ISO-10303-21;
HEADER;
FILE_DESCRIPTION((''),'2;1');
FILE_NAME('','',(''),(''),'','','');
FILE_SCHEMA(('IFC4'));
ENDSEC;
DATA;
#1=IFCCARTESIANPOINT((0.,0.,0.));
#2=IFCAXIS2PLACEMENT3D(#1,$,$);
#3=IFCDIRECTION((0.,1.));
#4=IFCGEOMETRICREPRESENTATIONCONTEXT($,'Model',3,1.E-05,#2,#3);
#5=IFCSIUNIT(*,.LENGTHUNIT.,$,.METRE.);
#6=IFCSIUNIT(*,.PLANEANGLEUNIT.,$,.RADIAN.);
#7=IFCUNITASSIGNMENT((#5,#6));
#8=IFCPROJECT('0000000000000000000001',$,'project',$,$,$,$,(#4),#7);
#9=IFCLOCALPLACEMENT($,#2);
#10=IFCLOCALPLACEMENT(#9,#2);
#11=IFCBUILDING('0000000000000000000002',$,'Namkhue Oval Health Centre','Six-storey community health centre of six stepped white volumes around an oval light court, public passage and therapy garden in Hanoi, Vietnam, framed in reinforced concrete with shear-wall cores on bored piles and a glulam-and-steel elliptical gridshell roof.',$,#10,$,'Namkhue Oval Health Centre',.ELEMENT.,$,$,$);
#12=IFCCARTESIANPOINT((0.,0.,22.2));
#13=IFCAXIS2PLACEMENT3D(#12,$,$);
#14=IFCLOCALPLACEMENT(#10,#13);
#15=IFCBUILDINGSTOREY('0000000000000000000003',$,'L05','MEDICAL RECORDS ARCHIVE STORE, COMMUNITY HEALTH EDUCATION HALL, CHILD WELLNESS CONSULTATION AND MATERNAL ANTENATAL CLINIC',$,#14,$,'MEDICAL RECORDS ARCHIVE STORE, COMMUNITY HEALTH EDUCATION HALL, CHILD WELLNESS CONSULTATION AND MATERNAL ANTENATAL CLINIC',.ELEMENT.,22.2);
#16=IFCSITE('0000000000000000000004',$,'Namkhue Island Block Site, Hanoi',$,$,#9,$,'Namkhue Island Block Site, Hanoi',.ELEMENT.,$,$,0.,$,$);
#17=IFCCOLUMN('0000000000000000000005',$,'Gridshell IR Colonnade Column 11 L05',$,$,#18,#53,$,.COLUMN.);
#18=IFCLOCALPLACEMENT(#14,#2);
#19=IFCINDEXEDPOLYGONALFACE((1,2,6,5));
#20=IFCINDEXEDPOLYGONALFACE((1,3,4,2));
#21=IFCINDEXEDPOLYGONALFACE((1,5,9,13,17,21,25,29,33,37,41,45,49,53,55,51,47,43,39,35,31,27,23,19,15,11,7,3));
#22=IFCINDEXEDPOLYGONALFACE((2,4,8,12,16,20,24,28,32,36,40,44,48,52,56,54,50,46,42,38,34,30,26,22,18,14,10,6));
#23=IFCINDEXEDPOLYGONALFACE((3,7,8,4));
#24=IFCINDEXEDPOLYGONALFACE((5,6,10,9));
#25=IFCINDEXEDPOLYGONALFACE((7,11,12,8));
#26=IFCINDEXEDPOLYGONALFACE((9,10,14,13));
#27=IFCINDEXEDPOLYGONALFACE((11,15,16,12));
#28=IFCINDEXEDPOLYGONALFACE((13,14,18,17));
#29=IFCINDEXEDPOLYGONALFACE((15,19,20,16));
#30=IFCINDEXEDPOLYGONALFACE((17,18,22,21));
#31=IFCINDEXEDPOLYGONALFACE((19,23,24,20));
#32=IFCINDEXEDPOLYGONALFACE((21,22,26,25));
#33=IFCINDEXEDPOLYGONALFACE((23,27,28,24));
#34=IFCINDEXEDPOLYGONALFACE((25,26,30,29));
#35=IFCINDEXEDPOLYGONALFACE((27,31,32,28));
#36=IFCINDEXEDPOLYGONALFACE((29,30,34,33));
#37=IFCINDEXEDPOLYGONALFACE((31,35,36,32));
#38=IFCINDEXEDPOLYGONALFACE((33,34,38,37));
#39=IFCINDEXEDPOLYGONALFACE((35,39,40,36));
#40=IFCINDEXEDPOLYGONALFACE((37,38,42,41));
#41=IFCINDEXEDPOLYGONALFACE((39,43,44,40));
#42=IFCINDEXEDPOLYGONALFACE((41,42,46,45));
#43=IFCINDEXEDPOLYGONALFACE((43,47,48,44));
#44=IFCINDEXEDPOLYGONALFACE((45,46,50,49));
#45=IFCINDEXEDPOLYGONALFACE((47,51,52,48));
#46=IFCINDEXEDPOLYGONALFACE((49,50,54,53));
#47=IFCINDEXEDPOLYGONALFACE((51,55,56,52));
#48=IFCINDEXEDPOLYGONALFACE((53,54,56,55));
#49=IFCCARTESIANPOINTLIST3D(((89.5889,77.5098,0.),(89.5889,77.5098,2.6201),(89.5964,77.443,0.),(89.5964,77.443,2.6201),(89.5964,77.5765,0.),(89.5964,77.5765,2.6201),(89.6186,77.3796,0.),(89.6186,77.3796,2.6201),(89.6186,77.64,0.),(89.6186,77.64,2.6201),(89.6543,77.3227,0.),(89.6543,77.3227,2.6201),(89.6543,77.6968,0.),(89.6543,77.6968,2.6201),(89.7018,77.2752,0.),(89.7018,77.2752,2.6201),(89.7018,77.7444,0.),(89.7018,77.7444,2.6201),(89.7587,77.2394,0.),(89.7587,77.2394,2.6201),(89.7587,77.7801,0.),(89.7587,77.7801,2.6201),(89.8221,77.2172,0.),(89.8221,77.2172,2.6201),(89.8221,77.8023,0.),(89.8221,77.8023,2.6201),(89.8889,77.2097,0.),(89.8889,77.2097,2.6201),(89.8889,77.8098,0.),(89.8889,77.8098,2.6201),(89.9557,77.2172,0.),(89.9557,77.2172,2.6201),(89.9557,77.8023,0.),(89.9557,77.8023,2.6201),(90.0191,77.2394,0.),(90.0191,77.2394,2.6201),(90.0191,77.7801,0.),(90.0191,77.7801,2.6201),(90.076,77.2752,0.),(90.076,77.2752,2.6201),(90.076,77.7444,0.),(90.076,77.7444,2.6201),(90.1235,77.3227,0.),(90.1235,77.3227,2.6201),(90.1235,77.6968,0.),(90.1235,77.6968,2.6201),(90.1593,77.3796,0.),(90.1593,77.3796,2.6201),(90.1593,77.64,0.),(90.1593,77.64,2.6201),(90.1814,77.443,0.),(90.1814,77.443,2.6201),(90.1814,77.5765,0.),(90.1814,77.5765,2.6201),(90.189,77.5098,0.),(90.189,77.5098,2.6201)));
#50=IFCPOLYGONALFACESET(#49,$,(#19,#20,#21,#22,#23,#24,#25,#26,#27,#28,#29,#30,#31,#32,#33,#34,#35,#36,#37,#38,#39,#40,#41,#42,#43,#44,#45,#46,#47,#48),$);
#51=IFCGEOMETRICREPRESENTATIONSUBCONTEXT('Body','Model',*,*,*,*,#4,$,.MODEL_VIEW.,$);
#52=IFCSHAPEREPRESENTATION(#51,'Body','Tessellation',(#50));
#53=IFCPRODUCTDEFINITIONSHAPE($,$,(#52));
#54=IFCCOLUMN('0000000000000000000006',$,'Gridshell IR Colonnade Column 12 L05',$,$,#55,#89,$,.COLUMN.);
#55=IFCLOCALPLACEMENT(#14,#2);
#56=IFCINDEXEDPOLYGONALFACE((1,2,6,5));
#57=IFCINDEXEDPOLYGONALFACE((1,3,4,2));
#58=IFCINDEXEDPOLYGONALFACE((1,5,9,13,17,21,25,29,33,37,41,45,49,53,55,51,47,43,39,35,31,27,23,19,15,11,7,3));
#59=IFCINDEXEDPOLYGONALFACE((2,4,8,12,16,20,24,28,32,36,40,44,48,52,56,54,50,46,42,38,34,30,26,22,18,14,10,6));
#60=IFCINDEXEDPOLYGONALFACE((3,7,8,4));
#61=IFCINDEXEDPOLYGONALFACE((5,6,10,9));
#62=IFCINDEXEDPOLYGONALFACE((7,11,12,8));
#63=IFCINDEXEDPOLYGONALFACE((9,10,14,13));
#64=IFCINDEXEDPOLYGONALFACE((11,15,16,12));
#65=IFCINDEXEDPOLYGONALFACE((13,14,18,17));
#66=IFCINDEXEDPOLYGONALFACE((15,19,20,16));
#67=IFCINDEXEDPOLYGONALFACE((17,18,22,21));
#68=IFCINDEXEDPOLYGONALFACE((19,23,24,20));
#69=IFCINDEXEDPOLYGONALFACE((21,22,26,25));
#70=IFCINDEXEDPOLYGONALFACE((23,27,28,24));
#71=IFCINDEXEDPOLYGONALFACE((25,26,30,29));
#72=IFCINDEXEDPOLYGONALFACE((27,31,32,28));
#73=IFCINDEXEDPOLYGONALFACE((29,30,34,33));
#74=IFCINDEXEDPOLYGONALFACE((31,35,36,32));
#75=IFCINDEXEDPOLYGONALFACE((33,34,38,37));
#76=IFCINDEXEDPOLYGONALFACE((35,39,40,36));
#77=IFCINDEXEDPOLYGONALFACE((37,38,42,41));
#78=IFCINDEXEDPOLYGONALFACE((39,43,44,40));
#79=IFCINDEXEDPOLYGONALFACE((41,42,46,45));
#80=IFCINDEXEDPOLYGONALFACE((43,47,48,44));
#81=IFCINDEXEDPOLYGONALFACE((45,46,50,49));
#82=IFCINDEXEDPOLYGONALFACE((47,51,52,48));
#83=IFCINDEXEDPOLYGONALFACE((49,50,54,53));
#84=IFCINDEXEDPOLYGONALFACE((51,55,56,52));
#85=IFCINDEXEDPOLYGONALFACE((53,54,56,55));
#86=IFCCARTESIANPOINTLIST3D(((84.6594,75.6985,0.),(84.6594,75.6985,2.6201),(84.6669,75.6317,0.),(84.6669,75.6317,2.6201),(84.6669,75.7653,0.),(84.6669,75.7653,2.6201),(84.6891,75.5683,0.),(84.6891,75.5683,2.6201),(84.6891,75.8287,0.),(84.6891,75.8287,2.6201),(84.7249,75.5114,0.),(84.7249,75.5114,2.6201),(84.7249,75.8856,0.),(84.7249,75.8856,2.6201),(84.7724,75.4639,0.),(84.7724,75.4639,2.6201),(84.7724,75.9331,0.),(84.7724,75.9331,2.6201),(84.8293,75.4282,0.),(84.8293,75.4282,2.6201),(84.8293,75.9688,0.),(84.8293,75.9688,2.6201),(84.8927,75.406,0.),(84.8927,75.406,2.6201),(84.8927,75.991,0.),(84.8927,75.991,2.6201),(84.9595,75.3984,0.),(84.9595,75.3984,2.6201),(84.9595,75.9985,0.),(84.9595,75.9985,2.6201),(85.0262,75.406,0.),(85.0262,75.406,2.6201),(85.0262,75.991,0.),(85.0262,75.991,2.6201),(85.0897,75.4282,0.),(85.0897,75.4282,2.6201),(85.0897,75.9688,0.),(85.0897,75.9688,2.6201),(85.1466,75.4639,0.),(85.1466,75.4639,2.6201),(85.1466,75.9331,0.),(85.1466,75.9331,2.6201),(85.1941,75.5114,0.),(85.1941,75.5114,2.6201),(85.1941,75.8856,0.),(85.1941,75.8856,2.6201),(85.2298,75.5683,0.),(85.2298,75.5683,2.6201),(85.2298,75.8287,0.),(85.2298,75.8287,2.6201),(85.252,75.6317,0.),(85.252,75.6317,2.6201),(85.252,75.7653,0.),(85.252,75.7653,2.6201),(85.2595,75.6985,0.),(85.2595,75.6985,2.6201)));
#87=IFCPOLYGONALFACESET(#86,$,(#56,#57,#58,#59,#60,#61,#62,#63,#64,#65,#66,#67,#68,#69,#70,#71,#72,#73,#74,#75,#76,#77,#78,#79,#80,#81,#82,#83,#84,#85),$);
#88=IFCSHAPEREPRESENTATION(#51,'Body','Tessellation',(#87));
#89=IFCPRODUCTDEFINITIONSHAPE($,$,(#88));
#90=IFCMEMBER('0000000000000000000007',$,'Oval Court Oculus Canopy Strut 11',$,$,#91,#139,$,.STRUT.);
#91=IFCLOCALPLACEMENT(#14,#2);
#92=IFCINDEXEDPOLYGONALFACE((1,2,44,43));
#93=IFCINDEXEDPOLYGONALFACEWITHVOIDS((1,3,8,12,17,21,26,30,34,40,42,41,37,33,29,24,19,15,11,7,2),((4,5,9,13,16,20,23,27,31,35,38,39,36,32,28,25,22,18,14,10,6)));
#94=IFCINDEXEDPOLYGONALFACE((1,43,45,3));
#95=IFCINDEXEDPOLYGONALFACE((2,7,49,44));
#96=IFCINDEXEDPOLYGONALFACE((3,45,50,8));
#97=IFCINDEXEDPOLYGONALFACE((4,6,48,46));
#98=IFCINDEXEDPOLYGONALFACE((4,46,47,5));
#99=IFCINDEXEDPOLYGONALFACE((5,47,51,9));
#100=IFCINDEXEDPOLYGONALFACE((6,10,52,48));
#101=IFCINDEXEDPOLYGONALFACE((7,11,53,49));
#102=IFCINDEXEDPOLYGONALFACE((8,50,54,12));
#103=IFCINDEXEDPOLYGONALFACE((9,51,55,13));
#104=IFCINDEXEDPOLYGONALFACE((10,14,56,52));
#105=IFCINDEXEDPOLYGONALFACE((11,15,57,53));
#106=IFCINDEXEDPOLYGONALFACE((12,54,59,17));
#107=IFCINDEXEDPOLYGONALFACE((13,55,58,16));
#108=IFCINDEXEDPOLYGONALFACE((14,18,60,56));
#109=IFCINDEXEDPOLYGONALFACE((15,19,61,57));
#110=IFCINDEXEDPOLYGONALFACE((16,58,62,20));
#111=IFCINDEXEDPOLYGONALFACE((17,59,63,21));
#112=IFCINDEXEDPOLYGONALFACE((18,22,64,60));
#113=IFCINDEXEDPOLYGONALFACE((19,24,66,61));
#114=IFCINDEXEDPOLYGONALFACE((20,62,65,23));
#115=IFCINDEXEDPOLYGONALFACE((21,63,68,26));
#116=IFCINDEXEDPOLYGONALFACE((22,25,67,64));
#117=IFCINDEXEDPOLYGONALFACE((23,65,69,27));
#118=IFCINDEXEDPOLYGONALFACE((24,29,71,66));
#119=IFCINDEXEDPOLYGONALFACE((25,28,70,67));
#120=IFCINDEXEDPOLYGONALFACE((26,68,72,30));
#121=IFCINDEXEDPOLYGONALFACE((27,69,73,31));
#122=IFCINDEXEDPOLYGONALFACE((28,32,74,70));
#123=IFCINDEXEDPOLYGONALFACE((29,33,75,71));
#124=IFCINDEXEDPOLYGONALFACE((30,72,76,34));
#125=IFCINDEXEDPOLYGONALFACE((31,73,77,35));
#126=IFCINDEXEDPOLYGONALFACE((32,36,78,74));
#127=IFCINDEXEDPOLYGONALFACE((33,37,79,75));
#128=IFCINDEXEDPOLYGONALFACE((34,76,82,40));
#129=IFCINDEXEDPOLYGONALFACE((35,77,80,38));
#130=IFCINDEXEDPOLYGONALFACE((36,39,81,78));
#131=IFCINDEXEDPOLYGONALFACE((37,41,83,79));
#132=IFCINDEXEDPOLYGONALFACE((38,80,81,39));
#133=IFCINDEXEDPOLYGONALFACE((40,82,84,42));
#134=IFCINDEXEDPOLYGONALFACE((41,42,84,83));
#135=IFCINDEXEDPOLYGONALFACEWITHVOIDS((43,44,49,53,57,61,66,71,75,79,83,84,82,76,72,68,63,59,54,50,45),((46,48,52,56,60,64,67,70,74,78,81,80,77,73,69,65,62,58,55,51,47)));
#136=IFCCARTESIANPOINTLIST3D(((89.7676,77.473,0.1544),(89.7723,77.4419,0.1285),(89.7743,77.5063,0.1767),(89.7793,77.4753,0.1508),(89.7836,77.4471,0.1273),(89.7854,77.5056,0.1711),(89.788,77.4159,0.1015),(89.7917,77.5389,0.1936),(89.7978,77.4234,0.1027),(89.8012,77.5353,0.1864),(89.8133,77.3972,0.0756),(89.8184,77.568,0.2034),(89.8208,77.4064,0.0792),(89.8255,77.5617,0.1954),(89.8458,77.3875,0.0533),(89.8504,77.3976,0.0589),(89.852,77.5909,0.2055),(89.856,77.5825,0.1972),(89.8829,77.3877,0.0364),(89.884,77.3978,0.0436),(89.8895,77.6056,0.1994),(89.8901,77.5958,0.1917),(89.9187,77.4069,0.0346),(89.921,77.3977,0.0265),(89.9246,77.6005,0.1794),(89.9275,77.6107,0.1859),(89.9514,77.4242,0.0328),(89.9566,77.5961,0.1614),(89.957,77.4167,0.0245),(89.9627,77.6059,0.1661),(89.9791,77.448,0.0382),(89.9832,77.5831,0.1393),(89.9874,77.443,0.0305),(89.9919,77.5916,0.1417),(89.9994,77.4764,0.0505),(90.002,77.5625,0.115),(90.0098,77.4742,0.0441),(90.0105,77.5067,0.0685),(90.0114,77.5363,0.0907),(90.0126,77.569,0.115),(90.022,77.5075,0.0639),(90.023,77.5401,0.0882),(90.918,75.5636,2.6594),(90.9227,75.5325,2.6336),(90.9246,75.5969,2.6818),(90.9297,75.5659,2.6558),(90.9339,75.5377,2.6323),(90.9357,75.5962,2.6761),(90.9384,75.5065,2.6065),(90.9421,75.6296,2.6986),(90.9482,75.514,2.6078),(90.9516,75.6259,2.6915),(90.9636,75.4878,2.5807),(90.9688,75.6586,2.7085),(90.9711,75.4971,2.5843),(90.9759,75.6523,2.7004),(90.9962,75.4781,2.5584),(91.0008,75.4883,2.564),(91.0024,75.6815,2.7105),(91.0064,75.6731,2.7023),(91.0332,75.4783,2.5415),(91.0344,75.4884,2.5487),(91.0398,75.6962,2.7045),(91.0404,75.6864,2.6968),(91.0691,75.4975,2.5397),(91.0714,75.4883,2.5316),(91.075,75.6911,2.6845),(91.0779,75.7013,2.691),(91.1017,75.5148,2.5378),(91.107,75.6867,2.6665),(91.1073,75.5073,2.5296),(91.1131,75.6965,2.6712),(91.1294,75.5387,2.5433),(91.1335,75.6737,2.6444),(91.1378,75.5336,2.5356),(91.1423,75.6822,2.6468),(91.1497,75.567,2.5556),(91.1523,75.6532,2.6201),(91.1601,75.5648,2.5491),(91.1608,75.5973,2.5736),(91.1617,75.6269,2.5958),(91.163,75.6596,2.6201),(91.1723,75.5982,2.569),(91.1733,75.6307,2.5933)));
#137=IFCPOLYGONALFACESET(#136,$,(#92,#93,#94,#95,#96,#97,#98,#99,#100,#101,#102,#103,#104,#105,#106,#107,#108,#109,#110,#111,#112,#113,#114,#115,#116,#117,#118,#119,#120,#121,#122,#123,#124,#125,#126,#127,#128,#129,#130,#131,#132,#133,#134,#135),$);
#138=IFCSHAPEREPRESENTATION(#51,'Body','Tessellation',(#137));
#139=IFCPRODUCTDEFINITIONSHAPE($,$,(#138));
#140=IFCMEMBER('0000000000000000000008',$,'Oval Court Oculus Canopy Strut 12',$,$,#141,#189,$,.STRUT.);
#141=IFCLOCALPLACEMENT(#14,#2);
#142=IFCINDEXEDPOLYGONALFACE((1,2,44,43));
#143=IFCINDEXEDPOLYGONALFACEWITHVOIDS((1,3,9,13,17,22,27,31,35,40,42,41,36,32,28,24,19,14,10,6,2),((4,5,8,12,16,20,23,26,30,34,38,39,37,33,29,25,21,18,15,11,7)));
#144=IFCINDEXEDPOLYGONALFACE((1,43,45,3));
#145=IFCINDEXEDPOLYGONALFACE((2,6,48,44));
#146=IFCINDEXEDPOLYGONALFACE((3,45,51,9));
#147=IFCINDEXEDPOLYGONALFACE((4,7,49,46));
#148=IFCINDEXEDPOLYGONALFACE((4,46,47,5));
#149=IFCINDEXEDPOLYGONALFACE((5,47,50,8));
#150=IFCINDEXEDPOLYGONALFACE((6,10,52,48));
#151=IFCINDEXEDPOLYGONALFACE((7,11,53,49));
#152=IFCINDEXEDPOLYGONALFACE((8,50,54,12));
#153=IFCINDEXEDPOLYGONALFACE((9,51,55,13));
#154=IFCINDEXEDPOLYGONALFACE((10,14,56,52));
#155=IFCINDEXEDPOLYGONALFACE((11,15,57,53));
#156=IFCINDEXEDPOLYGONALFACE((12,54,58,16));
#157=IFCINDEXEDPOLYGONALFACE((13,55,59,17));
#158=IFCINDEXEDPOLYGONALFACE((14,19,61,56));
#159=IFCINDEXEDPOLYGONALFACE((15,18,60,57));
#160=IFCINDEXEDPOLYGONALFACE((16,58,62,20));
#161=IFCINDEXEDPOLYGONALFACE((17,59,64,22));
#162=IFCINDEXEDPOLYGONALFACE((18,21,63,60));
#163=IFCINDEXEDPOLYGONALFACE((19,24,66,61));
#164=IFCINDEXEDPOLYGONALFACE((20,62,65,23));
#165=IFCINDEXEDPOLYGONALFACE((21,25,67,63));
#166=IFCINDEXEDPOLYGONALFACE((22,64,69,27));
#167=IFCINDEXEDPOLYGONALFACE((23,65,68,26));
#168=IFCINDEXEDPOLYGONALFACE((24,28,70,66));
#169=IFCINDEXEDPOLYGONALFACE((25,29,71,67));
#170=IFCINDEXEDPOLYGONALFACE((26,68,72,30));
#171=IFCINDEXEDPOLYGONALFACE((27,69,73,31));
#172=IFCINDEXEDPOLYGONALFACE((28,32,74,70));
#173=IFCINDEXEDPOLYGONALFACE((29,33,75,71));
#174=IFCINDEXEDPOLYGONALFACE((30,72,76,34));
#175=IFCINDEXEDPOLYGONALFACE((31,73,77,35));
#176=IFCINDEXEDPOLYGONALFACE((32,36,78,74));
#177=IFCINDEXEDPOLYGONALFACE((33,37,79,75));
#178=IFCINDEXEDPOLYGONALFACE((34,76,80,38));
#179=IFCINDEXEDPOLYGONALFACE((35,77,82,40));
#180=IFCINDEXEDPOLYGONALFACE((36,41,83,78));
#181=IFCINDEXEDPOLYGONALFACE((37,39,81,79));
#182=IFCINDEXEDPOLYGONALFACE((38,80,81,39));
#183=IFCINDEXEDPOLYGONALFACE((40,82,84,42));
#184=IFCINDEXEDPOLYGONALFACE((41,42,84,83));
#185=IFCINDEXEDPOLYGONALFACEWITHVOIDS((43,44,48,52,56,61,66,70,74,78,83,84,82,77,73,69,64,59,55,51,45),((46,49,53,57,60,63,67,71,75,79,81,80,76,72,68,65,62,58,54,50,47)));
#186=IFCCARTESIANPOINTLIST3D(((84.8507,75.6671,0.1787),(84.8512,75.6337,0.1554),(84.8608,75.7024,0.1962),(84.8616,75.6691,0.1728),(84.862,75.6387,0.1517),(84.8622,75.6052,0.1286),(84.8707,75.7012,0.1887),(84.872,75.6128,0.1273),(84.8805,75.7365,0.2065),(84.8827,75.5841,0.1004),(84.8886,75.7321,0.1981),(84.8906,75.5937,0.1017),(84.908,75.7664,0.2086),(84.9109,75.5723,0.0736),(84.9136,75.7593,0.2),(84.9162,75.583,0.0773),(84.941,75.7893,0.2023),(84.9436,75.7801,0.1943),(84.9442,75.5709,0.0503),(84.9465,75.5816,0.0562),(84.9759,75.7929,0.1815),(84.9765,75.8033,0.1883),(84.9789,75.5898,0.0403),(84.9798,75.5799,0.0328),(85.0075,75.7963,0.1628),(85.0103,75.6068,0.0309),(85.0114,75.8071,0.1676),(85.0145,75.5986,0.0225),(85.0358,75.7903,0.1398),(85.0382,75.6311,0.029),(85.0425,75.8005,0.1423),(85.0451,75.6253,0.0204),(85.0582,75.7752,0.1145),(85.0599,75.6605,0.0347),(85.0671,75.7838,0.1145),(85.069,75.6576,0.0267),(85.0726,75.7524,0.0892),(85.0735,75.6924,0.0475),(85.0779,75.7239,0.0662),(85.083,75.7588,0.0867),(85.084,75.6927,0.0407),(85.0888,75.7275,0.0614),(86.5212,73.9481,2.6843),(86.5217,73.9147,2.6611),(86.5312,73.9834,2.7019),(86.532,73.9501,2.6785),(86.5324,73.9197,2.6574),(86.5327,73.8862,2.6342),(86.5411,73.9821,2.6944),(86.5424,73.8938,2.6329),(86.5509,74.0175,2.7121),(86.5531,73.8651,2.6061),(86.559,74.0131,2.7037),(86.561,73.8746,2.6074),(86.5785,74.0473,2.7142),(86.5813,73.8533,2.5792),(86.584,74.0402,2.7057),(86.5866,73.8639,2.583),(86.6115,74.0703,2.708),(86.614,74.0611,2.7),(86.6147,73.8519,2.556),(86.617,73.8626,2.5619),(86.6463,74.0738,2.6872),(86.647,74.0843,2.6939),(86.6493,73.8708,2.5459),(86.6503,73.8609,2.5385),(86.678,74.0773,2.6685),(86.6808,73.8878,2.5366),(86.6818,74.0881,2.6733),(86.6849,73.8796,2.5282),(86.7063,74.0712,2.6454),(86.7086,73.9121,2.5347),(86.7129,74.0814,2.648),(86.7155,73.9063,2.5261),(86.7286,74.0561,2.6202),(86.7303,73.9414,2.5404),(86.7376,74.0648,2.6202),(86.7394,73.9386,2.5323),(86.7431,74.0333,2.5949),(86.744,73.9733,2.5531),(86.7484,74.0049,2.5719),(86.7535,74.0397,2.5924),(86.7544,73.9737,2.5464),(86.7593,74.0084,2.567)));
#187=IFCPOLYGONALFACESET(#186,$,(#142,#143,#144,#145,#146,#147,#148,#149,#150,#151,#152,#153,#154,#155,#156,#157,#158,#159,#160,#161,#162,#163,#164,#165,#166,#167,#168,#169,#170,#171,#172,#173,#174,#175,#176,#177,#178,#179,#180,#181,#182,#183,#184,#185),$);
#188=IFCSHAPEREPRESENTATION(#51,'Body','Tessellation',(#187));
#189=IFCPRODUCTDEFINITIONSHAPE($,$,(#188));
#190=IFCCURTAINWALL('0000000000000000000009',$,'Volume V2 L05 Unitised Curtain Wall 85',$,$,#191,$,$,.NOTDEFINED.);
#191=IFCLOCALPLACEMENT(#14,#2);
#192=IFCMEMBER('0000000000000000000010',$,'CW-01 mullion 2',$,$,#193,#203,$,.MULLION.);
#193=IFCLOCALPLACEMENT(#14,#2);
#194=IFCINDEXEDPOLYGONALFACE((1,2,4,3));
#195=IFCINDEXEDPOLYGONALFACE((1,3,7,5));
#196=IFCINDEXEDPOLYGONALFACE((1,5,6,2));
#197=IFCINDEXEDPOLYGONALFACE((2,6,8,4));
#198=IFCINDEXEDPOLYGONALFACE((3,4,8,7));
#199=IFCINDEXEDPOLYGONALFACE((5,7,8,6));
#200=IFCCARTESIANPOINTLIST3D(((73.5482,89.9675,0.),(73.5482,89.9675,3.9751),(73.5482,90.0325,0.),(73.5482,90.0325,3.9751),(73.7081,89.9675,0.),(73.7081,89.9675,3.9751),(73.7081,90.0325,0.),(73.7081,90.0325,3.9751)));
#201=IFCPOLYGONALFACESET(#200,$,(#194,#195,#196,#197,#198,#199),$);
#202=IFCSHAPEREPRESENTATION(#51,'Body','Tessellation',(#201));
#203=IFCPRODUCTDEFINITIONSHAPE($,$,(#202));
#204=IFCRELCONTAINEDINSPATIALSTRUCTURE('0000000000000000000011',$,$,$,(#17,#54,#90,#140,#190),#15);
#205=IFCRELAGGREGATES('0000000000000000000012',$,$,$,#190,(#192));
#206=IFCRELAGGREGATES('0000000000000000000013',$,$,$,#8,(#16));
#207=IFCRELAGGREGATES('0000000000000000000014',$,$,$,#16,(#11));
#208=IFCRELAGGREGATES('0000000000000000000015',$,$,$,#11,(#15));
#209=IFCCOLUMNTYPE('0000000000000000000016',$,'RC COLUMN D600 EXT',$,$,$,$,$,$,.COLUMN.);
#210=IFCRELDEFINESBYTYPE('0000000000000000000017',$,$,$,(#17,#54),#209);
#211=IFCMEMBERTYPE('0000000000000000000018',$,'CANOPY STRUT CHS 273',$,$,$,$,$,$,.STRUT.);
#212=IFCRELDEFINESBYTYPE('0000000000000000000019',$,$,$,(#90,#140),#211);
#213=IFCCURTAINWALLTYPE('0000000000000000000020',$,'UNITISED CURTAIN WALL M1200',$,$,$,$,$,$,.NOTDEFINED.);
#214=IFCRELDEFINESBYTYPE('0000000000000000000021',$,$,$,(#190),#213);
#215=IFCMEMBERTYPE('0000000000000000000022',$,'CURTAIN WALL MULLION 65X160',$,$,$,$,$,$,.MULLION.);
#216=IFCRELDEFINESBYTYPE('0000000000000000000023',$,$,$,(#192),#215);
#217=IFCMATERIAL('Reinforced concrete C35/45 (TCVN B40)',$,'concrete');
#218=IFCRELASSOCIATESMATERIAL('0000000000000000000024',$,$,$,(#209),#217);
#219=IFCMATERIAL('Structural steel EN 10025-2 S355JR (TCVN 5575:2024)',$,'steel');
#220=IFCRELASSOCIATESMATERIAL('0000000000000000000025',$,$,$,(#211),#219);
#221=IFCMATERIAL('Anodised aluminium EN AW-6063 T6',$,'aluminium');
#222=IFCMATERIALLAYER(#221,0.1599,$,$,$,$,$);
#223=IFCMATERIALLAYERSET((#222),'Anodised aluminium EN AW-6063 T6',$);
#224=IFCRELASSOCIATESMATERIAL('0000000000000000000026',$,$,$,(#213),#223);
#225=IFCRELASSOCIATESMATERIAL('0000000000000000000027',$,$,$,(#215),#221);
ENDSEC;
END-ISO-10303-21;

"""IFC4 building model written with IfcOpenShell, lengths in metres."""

from ifc_helpers import new_model, si_unit, direction, frame, origin, origin_2d, place, context, subcontext, project, spatial, rectangle, circle, hollow_circle, extrude, material, layer, layer_set, material_profile, profile_set, type_object, element, aggregate, save


model = new_model("IFC4")

# Units and contexts
model_context = context("Model", 3, precision=1e-05, world=origin(), true_north=direction((0.0, 1.0)))
body_context = subcontext(model_context, "Body", "Model", "MODEL_VIEW")
ifc_project = project(units=[si_unit("LENGTHUNIT", "METRE"), si_unit("PLANEANGLEUNIT", "RADIAN")], contexts=[model_context])

# Site, building, storey
site_placement = place(None, origin())
site = spatial("IfcSite", under=ifc_project, at=site_placement, Name="Namkhue Island Block Site, Hanoi", LongName="Namkhue Island Block Site, Hanoi", CompositionType="ELEMENT", RefElevation=0.0)
building_placement = place(site_placement, origin())
building = spatial("IfcBuilding", under=site, at=building_placement, Name="Namkhue Oval Health Centre", Description="Six-storey community health centre of six stepped white volumes around an oval light court, public passage and therapy garden in Hanoi, Vietnam, framed in reinforced concrete with shear-wall cores on bored piles and a glulam-and-steel elliptical gridshell roof.", LongName="Namkhue Oval Health Centre", CompositionType="ELEMENT")
storey_placement = place(building_placement, frame((0.0, 0.0, 22.2)))
storey = spatial("IfcBuildingStorey", under=building, at=storey_placement, Name="L05", Description="MEDICAL RECORDS ARCHIVE STORE, COMMUNITY HEALTH EDUCATION HALL, CHILD WELLNESS CONSULTATION AND MATERNAL ANTENATAL CLINIC", LongName="MEDICAL RECORDS ARCHIVE STORE, COMMUNITY HEALTH EDUCATION HALL, CHILD WELLNESS CONSULTATION AND MATERNAL ANTENATAL CLINIC", CompositionType="ELEMENT", Elevation=22.2)

# Columns
ifc_material_1 = material(Name="Reinforced concrete C35/45 (TCVN B40)", Category="concrete")
ifc_material_profile_1 = material_profile(ifc_material_1, circle(Radius=0.3, at=origin_2d()), Name="RC D600")
ifc_profile_set_1 = profile_set([ifc_material_profile_1], Name="Reinforced concrete C35/45 (TCVN B40)")
column_type = type_object("IfcColumnType", Name="RC COLUMN D600 EXT", PredefinedType="COLUMN", material=ifc_profile_set_1)
for number, where, z_axis, x_axis, name in (
    (1, (89.8889, 77.5098, 0.0), (0.0, 0.0, 1.0), (1.0, 0.0, 0.0), "Gridshell IR Colonnade Column 11 L05"),
    (2, (84.9595, 75.6985, 0.0), (0.0, 0.0, 1.0), (1.0, 0.0, 0.0), "Gridshell IR Colonnade Column 12 L05"),
):
    element("IfcColumn", number, at=place(storey_placement, frame(where, z_axis=z_axis, x_axis=x_axis)), inside=storey, type_object=column_type, Name=name, PredefinedType="COLUMN", context=body_context, shape_type="SweptSolid", body=[
        extrude(circle(Radius=0.3, at=origin_2d()), origin(), (0.0, 0.0, 1.0), 2.6201),
    ])

# Members
ifc_material_2 = material(Name="Structural steel EN 10025-2 S355JR (TCVN 5575:2024)", Category="steel")
ifc_material_profile_2 = material_profile(ifc_material_2, hollow_circle(Radius=0.1365, WallThickness=0.0125, at=origin_2d()), Name="CHS 273x12.5")
ifc_profile_set_2 = profile_set([ifc_material_profile_2], Name="Structural steel EN 10025-2 S355JR (TCVN 5575:2024)")
member_type_1 = type_object("IfcMemberType", Name="CANOPY STRUT CHS 273", PredefinedType="STRUT", material=ifc_profile_set_2)
member_1_placement = place(storey_placement, frame((89.8958, 77.4985, 0.115), z_axis=(0.343057, -0.569408, 0.747052), x_axis=(0.856554, 0.516057, 0.0)))
element("IfcMember", 3, at=member_1_placement, inside=storey, type_object=member_type_1, Name="Oval Court Oculus Canopy Strut 11", PredefinedType="STRUT", context=body_context, shape_type="SweptSolid", body=[
    extrude(hollow_circle(Radius=0.1365, WallThickness=0.0125, at=origin_2d()), origin(), (0.0, 0.0, 1.0), 3.3533),
])
member_2_placement = place(storey_placement, frame((84.9692, 75.6887, 0.1145), z_axis=(0.481738, -0.495749, 0.722607), x_axis=(0.717169, 0.696899, 0.0)))
element("IfcMember", 4, at=member_2_placement, inside=storey, type_object=member_type_1, Name="Oval Court Oculus Canopy Strut 12", PredefinedType="STRUT", context=body_context, shape_type="SweptSolid", body=[
    extrude(hollow_circle(Radius=0.1365, WallThickness=0.0125, at=origin_2d()), origin(), (0.0, 0.0, 1.0), 3.4675),
])

# Curtain wall, member
ifc_material_3 = material(Name="Anodised aluminium EN AW-6063 T6", Category="aluminium")
ifc_layer_1 = layer(ifc_material_3, 0.1599)
ifc_layer_set_1 = layer_set([ifc_layer_1], Name="Anodised aluminium EN AW-6063 T6")
curtain_wall_type = type_object("IfcCurtainWallType", Name="UNITISED CURTAIN WALL M1200", PredefinedType="NOTDEFINED", material=ifc_layer_set_1)
curtain_wall_placement = place(storey_placement, origin())
curtain_wall = element("IfcCurtainWall", 5, at=curtain_wall_placement, inside=storey, type_object=curtain_wall_type, Name="Volume V2 L05 Unitised Curtain Wall 85", PredefinedType="NOTDEFINED")
ifc_material_profile_3 = material_profile(ifc_material_3, rectangle(XDim=0.0649, YDim=0.1599, at=origin_2d()), Name="ALU 65x160")
ifc_profile_set_3 = profile_set([ifc_material_profile_3], Name="Anodised aluminium EN AW-6063 T6")
member_type_2 = type_object("IfcMemberType", Name="CURTAIN WALL MULLION 65X160", PredefinedType="MULLION", material=ifc_profile_set_3)
member_3_placement = place(storey_placement, frame((73.6282, 90.0, 0.0), z_axis=(0.0, 0.0, 1.0), x_axis=(0.0, 1.0, 0.0)))
member_3 = element("IfcMember", 6, at=member_3_placement, type_object=member_type_2, Name="CW-01 mullion 2", PredefinedType="MULLION", context=body_context, shape_type="SweptSolid", body=[
    extrude(rectangle(XDim=0.0649, YDim=0.1599, at=origin_2d()), origin(), (0.0, 0.0, 1.0), 3.9751),
])

aggregate(curtain_wall, [member_3])

save(model, "model.ifc")
